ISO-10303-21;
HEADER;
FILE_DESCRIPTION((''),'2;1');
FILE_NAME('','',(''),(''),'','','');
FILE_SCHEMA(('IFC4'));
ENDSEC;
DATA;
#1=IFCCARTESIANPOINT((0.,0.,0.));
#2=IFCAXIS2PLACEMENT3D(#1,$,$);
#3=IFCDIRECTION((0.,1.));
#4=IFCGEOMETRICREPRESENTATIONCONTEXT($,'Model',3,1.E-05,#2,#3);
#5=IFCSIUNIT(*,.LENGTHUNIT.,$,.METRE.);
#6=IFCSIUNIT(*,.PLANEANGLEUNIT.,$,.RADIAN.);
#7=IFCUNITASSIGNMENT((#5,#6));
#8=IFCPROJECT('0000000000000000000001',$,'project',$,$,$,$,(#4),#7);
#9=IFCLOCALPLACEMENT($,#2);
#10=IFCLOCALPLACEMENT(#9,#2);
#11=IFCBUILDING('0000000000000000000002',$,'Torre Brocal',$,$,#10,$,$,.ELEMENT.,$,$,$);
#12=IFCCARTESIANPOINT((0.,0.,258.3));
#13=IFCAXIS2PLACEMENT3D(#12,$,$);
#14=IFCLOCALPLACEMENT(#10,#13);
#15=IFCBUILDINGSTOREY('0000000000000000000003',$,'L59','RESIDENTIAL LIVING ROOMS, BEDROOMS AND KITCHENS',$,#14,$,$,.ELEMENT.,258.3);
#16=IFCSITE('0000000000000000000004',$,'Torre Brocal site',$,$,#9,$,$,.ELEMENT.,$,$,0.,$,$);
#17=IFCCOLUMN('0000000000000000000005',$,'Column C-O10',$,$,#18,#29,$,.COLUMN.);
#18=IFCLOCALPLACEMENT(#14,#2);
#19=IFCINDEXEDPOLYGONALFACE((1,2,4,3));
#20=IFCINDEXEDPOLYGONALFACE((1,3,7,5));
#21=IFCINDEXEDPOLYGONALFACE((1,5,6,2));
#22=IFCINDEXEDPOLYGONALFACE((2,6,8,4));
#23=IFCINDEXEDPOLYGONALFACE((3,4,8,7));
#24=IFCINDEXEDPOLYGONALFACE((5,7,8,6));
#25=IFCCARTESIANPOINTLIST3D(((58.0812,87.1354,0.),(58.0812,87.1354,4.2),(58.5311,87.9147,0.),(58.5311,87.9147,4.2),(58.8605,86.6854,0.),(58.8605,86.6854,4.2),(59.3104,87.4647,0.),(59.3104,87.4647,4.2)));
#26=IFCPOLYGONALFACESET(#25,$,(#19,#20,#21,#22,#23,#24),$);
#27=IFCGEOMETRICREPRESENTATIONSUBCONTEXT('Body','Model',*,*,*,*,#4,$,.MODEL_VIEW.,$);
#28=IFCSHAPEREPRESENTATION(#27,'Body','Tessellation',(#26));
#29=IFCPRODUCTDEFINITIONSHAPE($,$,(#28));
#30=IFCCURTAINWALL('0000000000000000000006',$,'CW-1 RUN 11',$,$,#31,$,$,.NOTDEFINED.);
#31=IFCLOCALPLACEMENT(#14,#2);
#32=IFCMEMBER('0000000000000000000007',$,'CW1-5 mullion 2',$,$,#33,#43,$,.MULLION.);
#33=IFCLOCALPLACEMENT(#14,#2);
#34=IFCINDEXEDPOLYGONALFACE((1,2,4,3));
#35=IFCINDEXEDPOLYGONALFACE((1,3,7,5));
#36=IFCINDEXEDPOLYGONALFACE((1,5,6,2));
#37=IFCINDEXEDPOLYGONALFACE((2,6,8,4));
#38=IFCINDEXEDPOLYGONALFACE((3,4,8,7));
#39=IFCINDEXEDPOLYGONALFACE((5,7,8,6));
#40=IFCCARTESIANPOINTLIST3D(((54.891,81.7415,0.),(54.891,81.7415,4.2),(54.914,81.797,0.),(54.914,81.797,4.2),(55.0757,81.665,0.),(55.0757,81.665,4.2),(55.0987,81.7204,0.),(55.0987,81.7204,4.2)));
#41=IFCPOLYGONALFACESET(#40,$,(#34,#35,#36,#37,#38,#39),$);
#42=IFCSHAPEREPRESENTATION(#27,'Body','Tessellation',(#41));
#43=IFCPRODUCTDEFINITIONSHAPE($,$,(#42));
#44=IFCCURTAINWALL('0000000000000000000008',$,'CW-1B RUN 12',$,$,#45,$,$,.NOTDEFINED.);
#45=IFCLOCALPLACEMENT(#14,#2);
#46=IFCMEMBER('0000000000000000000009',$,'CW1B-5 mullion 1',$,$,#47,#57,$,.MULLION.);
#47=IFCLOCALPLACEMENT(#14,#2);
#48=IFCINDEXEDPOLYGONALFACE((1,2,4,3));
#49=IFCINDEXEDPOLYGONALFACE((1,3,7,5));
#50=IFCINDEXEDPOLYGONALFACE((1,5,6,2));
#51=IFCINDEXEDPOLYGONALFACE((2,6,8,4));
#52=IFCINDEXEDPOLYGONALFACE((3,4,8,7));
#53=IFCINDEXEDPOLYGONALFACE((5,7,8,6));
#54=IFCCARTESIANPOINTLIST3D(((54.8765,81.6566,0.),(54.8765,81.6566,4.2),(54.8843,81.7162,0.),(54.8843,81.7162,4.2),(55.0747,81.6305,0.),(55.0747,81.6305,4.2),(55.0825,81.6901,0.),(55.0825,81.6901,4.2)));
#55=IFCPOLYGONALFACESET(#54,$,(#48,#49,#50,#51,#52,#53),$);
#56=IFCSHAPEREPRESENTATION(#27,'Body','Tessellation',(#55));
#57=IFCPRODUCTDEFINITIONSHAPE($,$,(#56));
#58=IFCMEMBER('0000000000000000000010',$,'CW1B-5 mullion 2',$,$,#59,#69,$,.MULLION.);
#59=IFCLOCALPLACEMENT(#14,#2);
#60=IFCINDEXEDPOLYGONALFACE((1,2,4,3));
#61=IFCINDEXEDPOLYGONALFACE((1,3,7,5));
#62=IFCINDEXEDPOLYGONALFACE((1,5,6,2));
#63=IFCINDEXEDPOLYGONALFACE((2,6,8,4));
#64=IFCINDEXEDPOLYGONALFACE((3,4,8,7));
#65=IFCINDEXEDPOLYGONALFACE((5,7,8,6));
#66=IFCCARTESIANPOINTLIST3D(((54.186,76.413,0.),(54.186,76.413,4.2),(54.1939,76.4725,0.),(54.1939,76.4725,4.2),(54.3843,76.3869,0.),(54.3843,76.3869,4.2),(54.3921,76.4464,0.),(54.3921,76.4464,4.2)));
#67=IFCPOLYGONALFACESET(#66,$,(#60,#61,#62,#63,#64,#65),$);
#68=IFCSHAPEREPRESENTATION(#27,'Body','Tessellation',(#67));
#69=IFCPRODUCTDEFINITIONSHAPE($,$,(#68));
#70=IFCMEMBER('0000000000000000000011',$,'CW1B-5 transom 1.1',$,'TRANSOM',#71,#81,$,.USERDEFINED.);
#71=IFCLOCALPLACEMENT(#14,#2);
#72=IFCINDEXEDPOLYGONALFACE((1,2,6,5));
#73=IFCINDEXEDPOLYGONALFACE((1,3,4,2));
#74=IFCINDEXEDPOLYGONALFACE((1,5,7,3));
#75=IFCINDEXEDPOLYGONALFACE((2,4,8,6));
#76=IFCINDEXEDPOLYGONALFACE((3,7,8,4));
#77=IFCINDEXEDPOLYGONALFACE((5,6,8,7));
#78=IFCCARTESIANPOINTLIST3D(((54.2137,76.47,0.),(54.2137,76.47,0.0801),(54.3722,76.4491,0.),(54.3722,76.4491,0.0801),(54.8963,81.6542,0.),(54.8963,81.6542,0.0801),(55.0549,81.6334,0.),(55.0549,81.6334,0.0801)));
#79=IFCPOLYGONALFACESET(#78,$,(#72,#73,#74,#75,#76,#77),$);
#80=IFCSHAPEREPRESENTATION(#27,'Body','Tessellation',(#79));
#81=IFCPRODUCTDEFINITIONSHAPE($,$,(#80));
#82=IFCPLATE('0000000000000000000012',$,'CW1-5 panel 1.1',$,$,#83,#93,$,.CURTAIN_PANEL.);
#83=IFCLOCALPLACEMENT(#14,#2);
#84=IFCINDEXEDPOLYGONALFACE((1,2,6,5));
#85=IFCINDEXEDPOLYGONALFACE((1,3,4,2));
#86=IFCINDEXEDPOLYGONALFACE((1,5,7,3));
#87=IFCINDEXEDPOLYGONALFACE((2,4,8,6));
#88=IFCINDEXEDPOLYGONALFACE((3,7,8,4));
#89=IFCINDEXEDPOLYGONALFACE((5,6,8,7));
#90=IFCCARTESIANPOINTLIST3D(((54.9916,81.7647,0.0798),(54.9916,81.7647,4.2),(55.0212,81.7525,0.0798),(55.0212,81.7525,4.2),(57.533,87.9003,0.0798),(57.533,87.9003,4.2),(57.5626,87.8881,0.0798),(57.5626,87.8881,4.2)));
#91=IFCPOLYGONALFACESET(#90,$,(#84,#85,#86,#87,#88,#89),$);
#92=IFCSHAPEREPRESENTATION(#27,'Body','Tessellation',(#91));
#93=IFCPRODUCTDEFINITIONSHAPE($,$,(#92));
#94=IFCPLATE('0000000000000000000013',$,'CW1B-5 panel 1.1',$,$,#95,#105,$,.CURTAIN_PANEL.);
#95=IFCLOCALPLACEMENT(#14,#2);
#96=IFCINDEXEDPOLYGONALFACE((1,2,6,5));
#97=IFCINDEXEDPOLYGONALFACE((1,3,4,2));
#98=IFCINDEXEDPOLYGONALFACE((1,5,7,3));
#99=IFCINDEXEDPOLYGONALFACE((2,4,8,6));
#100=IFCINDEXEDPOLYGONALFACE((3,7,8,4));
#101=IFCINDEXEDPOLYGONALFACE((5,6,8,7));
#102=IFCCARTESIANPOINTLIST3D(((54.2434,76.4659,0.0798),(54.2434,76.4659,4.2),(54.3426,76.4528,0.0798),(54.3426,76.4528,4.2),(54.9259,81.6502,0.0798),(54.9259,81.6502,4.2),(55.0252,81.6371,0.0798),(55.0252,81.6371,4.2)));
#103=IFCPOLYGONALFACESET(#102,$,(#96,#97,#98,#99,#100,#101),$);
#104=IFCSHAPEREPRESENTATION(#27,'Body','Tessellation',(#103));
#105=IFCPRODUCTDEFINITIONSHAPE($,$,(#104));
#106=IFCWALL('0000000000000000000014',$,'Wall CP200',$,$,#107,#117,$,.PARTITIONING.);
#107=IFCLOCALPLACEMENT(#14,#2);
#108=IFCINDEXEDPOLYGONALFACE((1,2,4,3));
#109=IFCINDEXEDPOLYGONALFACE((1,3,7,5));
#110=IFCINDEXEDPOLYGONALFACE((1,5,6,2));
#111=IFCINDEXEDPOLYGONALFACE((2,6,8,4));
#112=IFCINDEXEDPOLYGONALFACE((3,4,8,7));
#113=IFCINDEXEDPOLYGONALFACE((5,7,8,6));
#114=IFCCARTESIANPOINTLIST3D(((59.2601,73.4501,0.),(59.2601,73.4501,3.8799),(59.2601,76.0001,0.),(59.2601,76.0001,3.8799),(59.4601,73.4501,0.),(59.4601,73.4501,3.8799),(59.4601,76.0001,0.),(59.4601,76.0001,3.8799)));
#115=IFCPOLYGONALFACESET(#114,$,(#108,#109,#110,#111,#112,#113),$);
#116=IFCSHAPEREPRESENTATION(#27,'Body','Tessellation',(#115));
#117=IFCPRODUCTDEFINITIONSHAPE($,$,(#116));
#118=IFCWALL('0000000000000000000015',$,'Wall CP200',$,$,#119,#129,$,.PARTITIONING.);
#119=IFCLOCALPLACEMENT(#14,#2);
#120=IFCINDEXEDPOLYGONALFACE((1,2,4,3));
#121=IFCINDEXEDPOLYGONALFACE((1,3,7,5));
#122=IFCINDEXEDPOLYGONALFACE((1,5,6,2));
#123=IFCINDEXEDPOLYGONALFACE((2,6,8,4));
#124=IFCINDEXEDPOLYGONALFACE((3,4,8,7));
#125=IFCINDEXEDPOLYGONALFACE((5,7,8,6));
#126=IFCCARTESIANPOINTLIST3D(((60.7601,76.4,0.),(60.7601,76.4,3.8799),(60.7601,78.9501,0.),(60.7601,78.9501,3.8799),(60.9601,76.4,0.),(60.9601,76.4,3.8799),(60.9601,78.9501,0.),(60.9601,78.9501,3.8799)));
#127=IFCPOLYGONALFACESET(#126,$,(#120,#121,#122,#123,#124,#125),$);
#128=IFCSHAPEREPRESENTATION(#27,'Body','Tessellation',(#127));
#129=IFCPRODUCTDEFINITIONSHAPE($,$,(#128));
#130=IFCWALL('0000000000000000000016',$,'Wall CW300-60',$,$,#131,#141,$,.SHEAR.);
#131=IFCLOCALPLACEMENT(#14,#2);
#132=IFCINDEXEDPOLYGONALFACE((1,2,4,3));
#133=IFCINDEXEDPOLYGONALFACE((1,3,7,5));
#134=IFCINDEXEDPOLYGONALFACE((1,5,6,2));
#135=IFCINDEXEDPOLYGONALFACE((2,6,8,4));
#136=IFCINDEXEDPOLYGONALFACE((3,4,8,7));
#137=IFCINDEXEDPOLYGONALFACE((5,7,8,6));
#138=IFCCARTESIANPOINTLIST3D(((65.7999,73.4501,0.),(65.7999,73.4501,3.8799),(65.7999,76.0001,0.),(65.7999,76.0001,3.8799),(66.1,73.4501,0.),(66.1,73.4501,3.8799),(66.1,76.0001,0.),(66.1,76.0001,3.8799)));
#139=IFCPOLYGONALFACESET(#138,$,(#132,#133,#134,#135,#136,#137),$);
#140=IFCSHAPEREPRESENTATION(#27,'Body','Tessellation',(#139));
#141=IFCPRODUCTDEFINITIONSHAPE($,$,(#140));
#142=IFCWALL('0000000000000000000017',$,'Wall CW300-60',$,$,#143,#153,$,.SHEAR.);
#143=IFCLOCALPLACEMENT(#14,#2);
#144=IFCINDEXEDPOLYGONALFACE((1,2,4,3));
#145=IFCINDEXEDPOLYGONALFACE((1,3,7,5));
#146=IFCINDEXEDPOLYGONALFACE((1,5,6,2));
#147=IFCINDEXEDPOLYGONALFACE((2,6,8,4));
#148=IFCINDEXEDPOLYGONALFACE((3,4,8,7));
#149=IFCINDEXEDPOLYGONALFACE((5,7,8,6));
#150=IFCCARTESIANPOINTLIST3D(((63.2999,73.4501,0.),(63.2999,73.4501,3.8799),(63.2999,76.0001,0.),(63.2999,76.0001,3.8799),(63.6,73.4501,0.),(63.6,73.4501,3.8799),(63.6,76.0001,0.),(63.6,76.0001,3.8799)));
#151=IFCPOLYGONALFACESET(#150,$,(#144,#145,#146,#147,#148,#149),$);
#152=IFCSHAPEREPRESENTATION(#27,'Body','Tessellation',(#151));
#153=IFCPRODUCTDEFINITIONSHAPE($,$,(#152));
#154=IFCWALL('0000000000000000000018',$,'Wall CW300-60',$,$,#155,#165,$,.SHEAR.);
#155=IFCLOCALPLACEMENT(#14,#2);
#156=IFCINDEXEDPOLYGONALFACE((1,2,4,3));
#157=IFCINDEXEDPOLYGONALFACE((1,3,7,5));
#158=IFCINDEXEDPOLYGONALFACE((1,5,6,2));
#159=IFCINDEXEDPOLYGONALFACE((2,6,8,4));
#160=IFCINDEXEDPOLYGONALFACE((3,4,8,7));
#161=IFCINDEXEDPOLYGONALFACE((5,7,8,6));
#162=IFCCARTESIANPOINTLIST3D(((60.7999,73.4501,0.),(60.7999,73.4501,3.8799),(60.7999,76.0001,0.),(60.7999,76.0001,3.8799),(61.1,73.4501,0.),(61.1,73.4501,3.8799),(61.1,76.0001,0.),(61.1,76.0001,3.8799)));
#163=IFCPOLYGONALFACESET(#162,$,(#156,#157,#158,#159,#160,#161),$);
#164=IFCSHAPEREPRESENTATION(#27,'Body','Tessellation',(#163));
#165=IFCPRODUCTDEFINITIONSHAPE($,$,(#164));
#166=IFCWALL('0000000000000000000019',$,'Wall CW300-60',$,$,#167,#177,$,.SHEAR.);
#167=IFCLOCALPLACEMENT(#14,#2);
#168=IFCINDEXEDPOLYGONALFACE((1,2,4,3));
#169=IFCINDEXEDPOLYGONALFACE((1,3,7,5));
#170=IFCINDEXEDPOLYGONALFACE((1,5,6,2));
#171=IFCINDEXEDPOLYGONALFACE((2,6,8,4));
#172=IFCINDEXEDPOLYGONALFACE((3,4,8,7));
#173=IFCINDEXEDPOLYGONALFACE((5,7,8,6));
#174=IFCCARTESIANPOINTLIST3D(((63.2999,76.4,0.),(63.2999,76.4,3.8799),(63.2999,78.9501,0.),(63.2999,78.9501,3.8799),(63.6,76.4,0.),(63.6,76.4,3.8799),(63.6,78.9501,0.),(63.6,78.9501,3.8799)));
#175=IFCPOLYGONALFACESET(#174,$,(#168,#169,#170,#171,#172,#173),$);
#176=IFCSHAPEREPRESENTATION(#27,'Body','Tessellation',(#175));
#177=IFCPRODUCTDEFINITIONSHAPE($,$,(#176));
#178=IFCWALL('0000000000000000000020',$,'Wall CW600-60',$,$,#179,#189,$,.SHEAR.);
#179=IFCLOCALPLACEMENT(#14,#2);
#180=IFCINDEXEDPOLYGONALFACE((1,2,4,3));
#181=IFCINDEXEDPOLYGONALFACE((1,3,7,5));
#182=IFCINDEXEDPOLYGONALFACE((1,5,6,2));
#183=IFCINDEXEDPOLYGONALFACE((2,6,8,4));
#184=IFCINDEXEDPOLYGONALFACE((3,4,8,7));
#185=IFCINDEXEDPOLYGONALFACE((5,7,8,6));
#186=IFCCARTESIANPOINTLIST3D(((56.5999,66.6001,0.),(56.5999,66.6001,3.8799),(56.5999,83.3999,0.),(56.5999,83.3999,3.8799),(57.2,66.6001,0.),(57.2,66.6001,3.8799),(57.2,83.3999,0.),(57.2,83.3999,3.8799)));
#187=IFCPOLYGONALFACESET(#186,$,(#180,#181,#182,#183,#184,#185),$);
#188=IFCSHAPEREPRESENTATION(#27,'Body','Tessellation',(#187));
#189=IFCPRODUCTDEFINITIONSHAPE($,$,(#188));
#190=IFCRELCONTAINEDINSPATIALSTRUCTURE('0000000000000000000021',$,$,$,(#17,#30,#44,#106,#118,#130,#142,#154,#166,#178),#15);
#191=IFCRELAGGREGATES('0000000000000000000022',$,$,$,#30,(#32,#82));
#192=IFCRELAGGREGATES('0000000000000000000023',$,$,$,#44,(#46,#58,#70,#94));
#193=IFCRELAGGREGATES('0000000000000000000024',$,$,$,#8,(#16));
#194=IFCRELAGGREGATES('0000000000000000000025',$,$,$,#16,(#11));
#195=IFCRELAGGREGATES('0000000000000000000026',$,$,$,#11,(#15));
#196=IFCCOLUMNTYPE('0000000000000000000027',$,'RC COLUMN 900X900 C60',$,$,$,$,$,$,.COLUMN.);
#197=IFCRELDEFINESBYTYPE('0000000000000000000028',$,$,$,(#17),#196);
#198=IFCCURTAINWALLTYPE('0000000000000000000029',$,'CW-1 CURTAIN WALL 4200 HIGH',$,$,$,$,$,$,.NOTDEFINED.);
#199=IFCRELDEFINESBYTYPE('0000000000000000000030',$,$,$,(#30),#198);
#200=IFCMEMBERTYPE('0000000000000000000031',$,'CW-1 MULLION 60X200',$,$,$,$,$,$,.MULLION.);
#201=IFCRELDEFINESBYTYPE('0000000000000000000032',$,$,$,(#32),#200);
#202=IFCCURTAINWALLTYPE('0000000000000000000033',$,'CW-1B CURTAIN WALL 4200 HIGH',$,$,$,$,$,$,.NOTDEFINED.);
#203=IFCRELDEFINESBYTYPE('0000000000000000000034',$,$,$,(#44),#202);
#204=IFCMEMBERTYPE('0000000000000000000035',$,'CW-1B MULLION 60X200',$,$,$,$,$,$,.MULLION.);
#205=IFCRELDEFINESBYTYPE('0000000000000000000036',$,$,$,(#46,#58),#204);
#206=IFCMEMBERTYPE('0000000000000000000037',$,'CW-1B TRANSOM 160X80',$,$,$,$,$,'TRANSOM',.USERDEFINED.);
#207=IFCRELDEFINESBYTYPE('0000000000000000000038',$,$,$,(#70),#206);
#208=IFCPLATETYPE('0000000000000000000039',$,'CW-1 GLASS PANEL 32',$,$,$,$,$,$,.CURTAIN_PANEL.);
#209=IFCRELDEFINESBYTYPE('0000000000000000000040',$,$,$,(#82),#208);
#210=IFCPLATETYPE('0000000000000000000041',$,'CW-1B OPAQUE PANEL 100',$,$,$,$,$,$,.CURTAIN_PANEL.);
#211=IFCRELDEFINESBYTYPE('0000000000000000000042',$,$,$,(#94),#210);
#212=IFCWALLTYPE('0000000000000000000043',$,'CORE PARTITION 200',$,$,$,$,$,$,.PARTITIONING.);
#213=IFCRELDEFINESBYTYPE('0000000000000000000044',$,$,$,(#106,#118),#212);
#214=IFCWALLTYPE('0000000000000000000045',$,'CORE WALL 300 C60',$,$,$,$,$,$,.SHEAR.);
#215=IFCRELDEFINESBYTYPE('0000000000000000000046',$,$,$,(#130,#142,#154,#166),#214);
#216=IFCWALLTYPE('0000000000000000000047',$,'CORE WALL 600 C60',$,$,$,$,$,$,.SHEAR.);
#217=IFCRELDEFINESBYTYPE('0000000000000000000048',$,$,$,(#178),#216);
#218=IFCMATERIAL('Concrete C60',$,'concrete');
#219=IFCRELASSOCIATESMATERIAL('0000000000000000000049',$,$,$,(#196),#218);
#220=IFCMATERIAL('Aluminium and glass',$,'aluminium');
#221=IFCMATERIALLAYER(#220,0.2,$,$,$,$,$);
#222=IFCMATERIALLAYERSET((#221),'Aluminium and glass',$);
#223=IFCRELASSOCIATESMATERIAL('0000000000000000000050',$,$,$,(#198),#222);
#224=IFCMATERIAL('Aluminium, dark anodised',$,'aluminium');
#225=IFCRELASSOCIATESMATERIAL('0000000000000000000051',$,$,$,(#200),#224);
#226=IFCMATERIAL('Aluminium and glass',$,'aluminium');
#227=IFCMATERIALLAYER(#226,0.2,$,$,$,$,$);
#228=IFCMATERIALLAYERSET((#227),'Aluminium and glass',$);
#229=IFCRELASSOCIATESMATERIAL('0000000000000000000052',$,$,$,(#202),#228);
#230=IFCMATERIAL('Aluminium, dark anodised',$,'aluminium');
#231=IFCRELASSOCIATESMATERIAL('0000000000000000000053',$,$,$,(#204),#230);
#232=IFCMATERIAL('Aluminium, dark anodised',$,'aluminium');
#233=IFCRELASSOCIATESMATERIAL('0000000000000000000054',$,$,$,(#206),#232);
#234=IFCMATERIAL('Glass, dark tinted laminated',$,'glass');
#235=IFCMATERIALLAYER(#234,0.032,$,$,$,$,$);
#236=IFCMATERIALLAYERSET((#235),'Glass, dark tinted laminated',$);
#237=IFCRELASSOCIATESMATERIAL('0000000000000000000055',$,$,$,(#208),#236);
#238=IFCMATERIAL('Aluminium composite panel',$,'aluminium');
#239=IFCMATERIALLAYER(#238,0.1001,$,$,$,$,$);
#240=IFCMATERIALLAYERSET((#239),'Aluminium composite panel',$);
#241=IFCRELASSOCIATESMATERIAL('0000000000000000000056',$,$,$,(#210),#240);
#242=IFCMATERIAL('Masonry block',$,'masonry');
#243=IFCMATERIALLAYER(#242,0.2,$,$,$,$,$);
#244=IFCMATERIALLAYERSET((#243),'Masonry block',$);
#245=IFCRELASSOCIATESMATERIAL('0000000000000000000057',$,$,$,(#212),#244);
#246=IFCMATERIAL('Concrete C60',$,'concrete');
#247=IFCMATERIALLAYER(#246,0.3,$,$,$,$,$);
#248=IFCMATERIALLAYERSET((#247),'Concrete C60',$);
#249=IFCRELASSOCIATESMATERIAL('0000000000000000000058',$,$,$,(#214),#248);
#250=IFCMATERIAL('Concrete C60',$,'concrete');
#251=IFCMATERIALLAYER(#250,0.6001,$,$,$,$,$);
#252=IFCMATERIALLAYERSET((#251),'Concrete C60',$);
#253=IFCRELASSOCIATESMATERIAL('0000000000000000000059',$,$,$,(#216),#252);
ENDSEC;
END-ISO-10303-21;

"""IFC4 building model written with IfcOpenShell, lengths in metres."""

from ifc_helpers import new_model, si_unit, direction, frame, frame_2d, origin, origin_2d, place, context, subcontext, project, spatial, rectangle, extrude, material, layer, layer_set, material_profile, profile_set, type_object, element, aggregate, save


model = new_model("IFC4")

# Units and contexts
model_context = context("Model", 3, precision=1e-05, world=origin(), true_north=direction((0.0, 1.0)))
body_context = subcontext(model_context, "Body", "Model", "MODEL_VIEW")
ifc_project = project(units=[si_unit("LENGTHUNIT", "METRE"), si_unit("PLANEANGLEUNIT", "RADIAN")], contexts=[model_context])

# Site, building, storey
site_placement = place(None, origin())
site = spatial("IfcSite", under=ifc_project, at=site_placement, Name="Torre Brocal site", CompositionType="ELEMENT", RefElevation=0.0)
building_placement = place(site_placement, origin())
building = spatial("IfcBuilding", under=site, at=building_placement, Name="Torre Brocal", CompositionType="ELEMENT")
storey_placement = place(building_placement, frame((0.0, 0.0, 258.3)))
storey = spatial("IfcBuildingStorey", under=building, at=storey_placement, Name="L59", Description="RESIDENTIAL LIVING ROOMS, BEDROOMS AND KITCHENS", CompositionType="ELEMENT", Elevation=258.3)

# Column
ifc_material_1 = material(Name="Concrete C60", Category="concrete")
ifc_material_profile_1 = material_profile(ifc_material_1, rectangle(XDim=0.8999, YDim=0.8999, at=origin_2d()), Name="RC 900X900")
ifc_profile_set_1 = profile_set([ifc_material_profile_1], Name="Concrete C60")
column_type = type_object("IfcColumnType", Name="RC COLUMN 900X900 C60", PredefinedType="COLUMN", material=ifc_profile_set_1)
column_placement = place(storey_placement, frame((58.6958, 87.3, 0.0), z_axis=(0.0, 0.0, 1.0), x_axis=(-0.866025, 0.5, 0.0)))
element("IfcColumn", 1, at=column_placement, inside=storey, type_object=column_type, Name="Column C-O10", PredefinedType="COLUMN", context=body_context, shape_type="SweptSolid", body=[
    extrude(rectangle(XDim=0.8999, YDim=0.8999, at=origin_2d()), origin(), (0.0, 0.0, 1.0), 4.2),
])

# Curtain wall, member
ifc_material_2 = material(Name="Aluminium and glass", Category="aluminium")
ifc_layer_1 = layer(ifc_material_2, 0.2)
ifc_layer_set_1 = layer_set([ifc_layer_1], Name="Aluminium and glass")
curtain_wall_type_1 = type_object("IfcCurtainWallType", Name="CW-1 CURTAIN WALL 4200 HIGH", PredefinedType="NOTDEFINED", material=ifc_layer_set_1)
curtain_wall_1_placement = place(storey_placement, origin())
curtain_wall_1 = element("IfcCurtainWall", 2, at=curtain_wall_1_placement, inside=storey, type_object=curtain_wall_type_1, Name="CW-1 RUN 11", PredefinedType="NOTDEFINED")
ifc_material_3 = material(Name="Aluminium, dark anodised", Category="aluminium")
ifc_material_profile_2 = material_profile(ifc_material_3, rectangle(XDim=0.2, YDim=0.0601, at=origin_2d()), Name="CW-1 MULLION 60X200")
ifc_profile_set_2 = profile_set([ifc_material_profile_2], Name="Aluminium, dark anodised")
member_type_1 = type_object("IfcMemberType", Name="CW-1 MULLION 60X200", PredefinedType="MULLION", material=ifc_profile_set_2)
member_1_placement = place(storey_placement, frame((54.9949, 81.731, 0.0), z_axis=(0.0, 0.0, 1.0), x_axis=(0.92388, -0.382683, 0.0)))
member_1 = element("IfcMember", 3, at=member_1_placement, type_object=member_type_1, Name="CW1-5 mullion 2", PredefinedType="MULLION", context=body_context, shape_type="SweptSolid", body=[
    extrude(rectangle(XDim=0.2, YDim=0.0601, at=origin_2d()), origin(), (0.0, 0.0, 1.0), 4.2),
])

# Curtain wall, members
ifc_material_4 = material(Name="Aluminium and glass", Category="aluminium")
ifc_layer_2 = layer(ifc_material_4, 0.2)
ifc_layer_set_2 = layer_set([ifc_layer_2], Name="Aluminium and glass")
curtain_wall_type_2 = type_object("IfcCurtainWallType", Name="CW-1B CURTAIN WALL 4200 HIGH", PredefinedType="NOTDEFINED", material=ifc_layer_set_2)
curtain_wall_2_placement = place(storey_placement, origin())
curtain_wall_2 = element("IfcCurtainWall", 4, at=curtain_wall_2_placement, inside=storey, type_object=curtain_wall_type_2, Name="CW-1B RUN 12", PredefinedType="NOTDEFINED")
ifc_material_5 = material(Name="Aluminium, dark anodised", Category="aluminium")
ifc_material_profile_3 = material_profile(ifc_material_5, rectangle(XDim=0.2, YDim=0.0601, at=origin_2d()), Name="CW-1B MULLION 60X200")
ifc_profile_set_3 = profile_set([ifc_material_profile_3], Name="Aluminium, dark anodised")
member_type_2 = type_object("IfcMemberType", Name="CW-1B MULLION 60X200", PredefinedType="MULLION", material=ifc_profile_set_3)
member_2_placement = place(storey_placement, frame((54.9795, 81.6733, 0.0), z_axis=(0.0, 0.0, 1.0), x_axis=(0.991445, -0.130526, 0.0)))
member_2 = element("IfcMember", 5, at=member_2_placement, type_object=member_type_2, Name="CW1B-5 mullion 1", PredefinedType="MULLION", context=body_context, shape_type="SweptSolid", body=[
    extrude(rectangle(XDim=0.2, YDim=0.0601, at=origin_2d()), origin(), (0.0, 0.0, 1.0), 4.2),
])
member_3_placement = place(storey_placement, frame((54.2891, 76.4297, 0.0), z_axis=(0.0, 0.0, 1.0), x_axis=(0.991445, -0.130526, 0.0)))
member_3 = element("IfcMember", 6, at=member_3_placement, type_object=member_type_2, Name="CW1B-5 mullion 2", PredefinedType="MULLION", context=body_context, shape_type="SweptSolid", body=[
    extrude(rectangle(XDim=0.2, YDim=0.0601, at=origin_2d()), origin(), (0.0, 0.0, 1.0), 4.2),
])
ifc_material_6 = material(Name="Aluminium, dark anodised", Category="aluminium")
ifc_material_profile_4 = material_profile(ifc_material_6, rectangle(XDim=0.1599, YDim=0.0801, at=origin_2d()), Name="CW-1B TRANSOM 160X80")
ifc_profile_set_4 = profile_set([ifc_material_profile_4], Name="Aluminium, dark anodised")
member_type_3 = type_object("IfcMemberType", Name="CW-1B TRANSOM 160X80", ElementType="TRANSOM", PredefinedType="USERDEFINED", material=ifc_profile_set_4)
member_4_placement = place(storey_placement, frame((54.9756, 81.6438, 0.04), z_axis=(-0.130543, -0.991443, 0.0), x_axis=(0.991443, -0.130543, 0.0)))
member_4 = element("IfcMember", 7, at=member_4_placement, type_object=member_type_3, Name="CW1B-5 transom 1.1", ObjectType="TRANSOM", PredefinedType="USERDEFINED", context=body_context, shape_type="SweptSolid", body=[
    extrude(rectangle(XDim=0.1599, YDim=0.0801, at=origin_2d()), origin(), (0.0, 0.0, 1.0), 5.229),
])

# Plates
ifc_material_7 = material(Name="Glass, dark tinted laminated", Category="glass")
ifc_layer_3 = layer(ifc_material_7, 0.032)
ifc_layer_set_3 = layer_set([ifc_layer_3], Name="Glass, dark tinted laminated")
plate_type_1 = type_object("IfcPlateType", Name="CW-1 GLASS PANEL 32", PredefinedType="CURTAIN_PANEL", material=ifc_layer_set_3)
plate_1_placement = place(storey_placement, frame((56.2771, 84.8264, 0.0798), z_axis=(0.0, 0.0, 1.0), x_axis=(-0.382683, -0.92388, 0.0)))
plate_1 = element("IfcPlate", 8, at=plate_1_placement, type_object=plate_type_1, Name="CW1-5 panel 1.1", PredefinedType="CURTAIN_PANEL", context=body_context, shape_type="SweptSolid", body=[
    extrude(rectangle(XDim=6.6411, YDim=0.032, at=origin_2d()), origin(), (0.0, 0.0, 1.0), 4.1201),
])
aggregate(curtain_wall_1, [member_1, plate_1])
ifc_material_8 = material(Name="Aluminium composite panel", Category="aluminium")
ifc_layer_4 = layer(ifc_material_8, 0.1001)
ifc_layer_set_4 = layer_set([ifc_layer_4], Name="Aluminium composite panel")
plate_type_2 = type_object("IfcPlateType", Name="CW-1B OPAQUE PANEL 100", PredefinedType="CURTAIN_PANEL", material=ifc_layer_set_4)
plate_2_placement = place(storey_placement, frame((54.6343, 79.0515, 0.0798), z_axis=(0.0, 0.0, 1.0), x_axis=(-0.130526, -0.991445, 0.0)))
plate_2 = element("IfcPlate", 9, at=plate_2_placement, type_object=plate_type_2, Name="CW1B-5 panel 1.1", PredefinedType="CURTAIN_PANEL", context=body_context, shape_type="SweptSolid", body=[
    extrude(rectangle(XDim=5.229, YDim=0.1001, at=origin_2d()), origin(), (0.0, 0.0, 1.0), 4.1201),
])
aggregate(curtain_wall_2, [member_2, member_3, member_4, plate_2])

# Walls
ifc_material_9 = material(Name="Masonry block", Category="masonry")
ifc_layer_5 = layer(ifc_material_9, 0.2)
ifc_layer_set_5 = layer_set([ifc_layer_5], Name="Masonry block")
wall_type_1 = type_object("IfcWallType", Name="CORE PARTITION 200", PredefinedType="PARTITIONING", material=ifc_layer_set_5)
for number, where, z_axis, x_axis, name in (
    (10, (59.3601, 76.0, 0.0), (0.0, 0.0, 1.0), (0.0, -1.0, 0.0), "Wall CP200"),
    (11, (60.8601, 78.95, 0.0), (0.0, 0.0, 1.0), (0.0, -1.0, 0.0), "Wall CP200"),
):
    element("IfcWall", number, at=place(storey_placement, frame(where, z_axis=z_axis, x_axis=x_axis)), inside=storey, type_object=wall_type_1, Name=name, PredefinedType="PARTITIONING", context=body_context, shape_type="SweptSolid", body=[
        extrude(rectangle(XDim=2.55, YDim=0.2, at=frame_2d((1.2749, 0.0))), origin(), (0.0, 0.0, 1.0), 3.8799),
    ])
ifc_material_10 = material(Name="Concrete C60", Category="concrete")
ifc_layer_6 = layer(ifc_material_10, 0.3)
ifc_layer_set_6 = layer_set([ifc_layer_6], Name="Concrete C60")
wall_type_2 = type_object("IfcWallType", Name="CORE WALL 300 C60", PredefinedType="SHEAR", material=ifc_layer_set_6)
for number, where, z_axis, x_axis, name in (
    (12, (65.95, 76.0, 0.0), (0.0, 0.0, 1.0), (0.0, -1.0, 0.0), "Wall CW300-60"),
    (13, (63.45, 76.0, 0.0), (0.0, 0.0, 1.0), (0.0, -1.0, 0.0), "Wall CW300-60"),
    (14, (60.95, 76.0, 0.0), (0.0, 0.0, 1.0), (0.0, -1.0, 0.0), "Wall CW300-60"),
    (15, (63.45, 78.95, 0.0), (0.0, 0.0, 1.0), (0.0, -1.0, 0.0), "Wall CW300-60"),
):
    element("IfcWall", number, at=place(storey_placement, frame(where, z_axis=z_axis, x_axis=x_axis)), inside=storey, type_object=wall_type_2, Name=name, PredefinedType="SHEAR", context=body_context, shape_type="SweptSolid", body=[
        extrude(rectangle(XDim=2.55, YDim=0.3, at=frame_2d((1.2749, 0.0))), origin(), (0.0, 0.0, 1.0), 3.8799),
    ])
ifc_material_11 = material(Name="Concrete C60", Category="concrete")
ifc_layer_7 = layer(ifc_material_11, 0.6001)
ifc_layer_set_7 = layer_set([ifc_layer_7], Name="Concrete C60")
wall_type_3 = type_object("IfcWallType", Name="CORE WALL 600 C60", PredefinedType="SHEAR", material=ifc_layer_set_7)
wall_1_placement = place(storey_placement, frame((56.8999, 83.3999, 0.0), z_axis=(0.0, 0.0, 1.0), x_axis=(0.0, -1.0, 0.0)))
element("IfcWall", 16, at=wall_1_placement, inside=storey, type_object=wall_type_3, Name="Wall CW600-60", PredefinedType="SHEAR", context=body_context, shape_type="SweptSolid", body=[
    extrude(rectangle(XDim=16.7998, YDim=0.6001, at=frame_2d((8.3999, 0.0))), origin(), (0.0, 0.0, 1.0), 3.8799),
])

save(model, "model.ifc")
